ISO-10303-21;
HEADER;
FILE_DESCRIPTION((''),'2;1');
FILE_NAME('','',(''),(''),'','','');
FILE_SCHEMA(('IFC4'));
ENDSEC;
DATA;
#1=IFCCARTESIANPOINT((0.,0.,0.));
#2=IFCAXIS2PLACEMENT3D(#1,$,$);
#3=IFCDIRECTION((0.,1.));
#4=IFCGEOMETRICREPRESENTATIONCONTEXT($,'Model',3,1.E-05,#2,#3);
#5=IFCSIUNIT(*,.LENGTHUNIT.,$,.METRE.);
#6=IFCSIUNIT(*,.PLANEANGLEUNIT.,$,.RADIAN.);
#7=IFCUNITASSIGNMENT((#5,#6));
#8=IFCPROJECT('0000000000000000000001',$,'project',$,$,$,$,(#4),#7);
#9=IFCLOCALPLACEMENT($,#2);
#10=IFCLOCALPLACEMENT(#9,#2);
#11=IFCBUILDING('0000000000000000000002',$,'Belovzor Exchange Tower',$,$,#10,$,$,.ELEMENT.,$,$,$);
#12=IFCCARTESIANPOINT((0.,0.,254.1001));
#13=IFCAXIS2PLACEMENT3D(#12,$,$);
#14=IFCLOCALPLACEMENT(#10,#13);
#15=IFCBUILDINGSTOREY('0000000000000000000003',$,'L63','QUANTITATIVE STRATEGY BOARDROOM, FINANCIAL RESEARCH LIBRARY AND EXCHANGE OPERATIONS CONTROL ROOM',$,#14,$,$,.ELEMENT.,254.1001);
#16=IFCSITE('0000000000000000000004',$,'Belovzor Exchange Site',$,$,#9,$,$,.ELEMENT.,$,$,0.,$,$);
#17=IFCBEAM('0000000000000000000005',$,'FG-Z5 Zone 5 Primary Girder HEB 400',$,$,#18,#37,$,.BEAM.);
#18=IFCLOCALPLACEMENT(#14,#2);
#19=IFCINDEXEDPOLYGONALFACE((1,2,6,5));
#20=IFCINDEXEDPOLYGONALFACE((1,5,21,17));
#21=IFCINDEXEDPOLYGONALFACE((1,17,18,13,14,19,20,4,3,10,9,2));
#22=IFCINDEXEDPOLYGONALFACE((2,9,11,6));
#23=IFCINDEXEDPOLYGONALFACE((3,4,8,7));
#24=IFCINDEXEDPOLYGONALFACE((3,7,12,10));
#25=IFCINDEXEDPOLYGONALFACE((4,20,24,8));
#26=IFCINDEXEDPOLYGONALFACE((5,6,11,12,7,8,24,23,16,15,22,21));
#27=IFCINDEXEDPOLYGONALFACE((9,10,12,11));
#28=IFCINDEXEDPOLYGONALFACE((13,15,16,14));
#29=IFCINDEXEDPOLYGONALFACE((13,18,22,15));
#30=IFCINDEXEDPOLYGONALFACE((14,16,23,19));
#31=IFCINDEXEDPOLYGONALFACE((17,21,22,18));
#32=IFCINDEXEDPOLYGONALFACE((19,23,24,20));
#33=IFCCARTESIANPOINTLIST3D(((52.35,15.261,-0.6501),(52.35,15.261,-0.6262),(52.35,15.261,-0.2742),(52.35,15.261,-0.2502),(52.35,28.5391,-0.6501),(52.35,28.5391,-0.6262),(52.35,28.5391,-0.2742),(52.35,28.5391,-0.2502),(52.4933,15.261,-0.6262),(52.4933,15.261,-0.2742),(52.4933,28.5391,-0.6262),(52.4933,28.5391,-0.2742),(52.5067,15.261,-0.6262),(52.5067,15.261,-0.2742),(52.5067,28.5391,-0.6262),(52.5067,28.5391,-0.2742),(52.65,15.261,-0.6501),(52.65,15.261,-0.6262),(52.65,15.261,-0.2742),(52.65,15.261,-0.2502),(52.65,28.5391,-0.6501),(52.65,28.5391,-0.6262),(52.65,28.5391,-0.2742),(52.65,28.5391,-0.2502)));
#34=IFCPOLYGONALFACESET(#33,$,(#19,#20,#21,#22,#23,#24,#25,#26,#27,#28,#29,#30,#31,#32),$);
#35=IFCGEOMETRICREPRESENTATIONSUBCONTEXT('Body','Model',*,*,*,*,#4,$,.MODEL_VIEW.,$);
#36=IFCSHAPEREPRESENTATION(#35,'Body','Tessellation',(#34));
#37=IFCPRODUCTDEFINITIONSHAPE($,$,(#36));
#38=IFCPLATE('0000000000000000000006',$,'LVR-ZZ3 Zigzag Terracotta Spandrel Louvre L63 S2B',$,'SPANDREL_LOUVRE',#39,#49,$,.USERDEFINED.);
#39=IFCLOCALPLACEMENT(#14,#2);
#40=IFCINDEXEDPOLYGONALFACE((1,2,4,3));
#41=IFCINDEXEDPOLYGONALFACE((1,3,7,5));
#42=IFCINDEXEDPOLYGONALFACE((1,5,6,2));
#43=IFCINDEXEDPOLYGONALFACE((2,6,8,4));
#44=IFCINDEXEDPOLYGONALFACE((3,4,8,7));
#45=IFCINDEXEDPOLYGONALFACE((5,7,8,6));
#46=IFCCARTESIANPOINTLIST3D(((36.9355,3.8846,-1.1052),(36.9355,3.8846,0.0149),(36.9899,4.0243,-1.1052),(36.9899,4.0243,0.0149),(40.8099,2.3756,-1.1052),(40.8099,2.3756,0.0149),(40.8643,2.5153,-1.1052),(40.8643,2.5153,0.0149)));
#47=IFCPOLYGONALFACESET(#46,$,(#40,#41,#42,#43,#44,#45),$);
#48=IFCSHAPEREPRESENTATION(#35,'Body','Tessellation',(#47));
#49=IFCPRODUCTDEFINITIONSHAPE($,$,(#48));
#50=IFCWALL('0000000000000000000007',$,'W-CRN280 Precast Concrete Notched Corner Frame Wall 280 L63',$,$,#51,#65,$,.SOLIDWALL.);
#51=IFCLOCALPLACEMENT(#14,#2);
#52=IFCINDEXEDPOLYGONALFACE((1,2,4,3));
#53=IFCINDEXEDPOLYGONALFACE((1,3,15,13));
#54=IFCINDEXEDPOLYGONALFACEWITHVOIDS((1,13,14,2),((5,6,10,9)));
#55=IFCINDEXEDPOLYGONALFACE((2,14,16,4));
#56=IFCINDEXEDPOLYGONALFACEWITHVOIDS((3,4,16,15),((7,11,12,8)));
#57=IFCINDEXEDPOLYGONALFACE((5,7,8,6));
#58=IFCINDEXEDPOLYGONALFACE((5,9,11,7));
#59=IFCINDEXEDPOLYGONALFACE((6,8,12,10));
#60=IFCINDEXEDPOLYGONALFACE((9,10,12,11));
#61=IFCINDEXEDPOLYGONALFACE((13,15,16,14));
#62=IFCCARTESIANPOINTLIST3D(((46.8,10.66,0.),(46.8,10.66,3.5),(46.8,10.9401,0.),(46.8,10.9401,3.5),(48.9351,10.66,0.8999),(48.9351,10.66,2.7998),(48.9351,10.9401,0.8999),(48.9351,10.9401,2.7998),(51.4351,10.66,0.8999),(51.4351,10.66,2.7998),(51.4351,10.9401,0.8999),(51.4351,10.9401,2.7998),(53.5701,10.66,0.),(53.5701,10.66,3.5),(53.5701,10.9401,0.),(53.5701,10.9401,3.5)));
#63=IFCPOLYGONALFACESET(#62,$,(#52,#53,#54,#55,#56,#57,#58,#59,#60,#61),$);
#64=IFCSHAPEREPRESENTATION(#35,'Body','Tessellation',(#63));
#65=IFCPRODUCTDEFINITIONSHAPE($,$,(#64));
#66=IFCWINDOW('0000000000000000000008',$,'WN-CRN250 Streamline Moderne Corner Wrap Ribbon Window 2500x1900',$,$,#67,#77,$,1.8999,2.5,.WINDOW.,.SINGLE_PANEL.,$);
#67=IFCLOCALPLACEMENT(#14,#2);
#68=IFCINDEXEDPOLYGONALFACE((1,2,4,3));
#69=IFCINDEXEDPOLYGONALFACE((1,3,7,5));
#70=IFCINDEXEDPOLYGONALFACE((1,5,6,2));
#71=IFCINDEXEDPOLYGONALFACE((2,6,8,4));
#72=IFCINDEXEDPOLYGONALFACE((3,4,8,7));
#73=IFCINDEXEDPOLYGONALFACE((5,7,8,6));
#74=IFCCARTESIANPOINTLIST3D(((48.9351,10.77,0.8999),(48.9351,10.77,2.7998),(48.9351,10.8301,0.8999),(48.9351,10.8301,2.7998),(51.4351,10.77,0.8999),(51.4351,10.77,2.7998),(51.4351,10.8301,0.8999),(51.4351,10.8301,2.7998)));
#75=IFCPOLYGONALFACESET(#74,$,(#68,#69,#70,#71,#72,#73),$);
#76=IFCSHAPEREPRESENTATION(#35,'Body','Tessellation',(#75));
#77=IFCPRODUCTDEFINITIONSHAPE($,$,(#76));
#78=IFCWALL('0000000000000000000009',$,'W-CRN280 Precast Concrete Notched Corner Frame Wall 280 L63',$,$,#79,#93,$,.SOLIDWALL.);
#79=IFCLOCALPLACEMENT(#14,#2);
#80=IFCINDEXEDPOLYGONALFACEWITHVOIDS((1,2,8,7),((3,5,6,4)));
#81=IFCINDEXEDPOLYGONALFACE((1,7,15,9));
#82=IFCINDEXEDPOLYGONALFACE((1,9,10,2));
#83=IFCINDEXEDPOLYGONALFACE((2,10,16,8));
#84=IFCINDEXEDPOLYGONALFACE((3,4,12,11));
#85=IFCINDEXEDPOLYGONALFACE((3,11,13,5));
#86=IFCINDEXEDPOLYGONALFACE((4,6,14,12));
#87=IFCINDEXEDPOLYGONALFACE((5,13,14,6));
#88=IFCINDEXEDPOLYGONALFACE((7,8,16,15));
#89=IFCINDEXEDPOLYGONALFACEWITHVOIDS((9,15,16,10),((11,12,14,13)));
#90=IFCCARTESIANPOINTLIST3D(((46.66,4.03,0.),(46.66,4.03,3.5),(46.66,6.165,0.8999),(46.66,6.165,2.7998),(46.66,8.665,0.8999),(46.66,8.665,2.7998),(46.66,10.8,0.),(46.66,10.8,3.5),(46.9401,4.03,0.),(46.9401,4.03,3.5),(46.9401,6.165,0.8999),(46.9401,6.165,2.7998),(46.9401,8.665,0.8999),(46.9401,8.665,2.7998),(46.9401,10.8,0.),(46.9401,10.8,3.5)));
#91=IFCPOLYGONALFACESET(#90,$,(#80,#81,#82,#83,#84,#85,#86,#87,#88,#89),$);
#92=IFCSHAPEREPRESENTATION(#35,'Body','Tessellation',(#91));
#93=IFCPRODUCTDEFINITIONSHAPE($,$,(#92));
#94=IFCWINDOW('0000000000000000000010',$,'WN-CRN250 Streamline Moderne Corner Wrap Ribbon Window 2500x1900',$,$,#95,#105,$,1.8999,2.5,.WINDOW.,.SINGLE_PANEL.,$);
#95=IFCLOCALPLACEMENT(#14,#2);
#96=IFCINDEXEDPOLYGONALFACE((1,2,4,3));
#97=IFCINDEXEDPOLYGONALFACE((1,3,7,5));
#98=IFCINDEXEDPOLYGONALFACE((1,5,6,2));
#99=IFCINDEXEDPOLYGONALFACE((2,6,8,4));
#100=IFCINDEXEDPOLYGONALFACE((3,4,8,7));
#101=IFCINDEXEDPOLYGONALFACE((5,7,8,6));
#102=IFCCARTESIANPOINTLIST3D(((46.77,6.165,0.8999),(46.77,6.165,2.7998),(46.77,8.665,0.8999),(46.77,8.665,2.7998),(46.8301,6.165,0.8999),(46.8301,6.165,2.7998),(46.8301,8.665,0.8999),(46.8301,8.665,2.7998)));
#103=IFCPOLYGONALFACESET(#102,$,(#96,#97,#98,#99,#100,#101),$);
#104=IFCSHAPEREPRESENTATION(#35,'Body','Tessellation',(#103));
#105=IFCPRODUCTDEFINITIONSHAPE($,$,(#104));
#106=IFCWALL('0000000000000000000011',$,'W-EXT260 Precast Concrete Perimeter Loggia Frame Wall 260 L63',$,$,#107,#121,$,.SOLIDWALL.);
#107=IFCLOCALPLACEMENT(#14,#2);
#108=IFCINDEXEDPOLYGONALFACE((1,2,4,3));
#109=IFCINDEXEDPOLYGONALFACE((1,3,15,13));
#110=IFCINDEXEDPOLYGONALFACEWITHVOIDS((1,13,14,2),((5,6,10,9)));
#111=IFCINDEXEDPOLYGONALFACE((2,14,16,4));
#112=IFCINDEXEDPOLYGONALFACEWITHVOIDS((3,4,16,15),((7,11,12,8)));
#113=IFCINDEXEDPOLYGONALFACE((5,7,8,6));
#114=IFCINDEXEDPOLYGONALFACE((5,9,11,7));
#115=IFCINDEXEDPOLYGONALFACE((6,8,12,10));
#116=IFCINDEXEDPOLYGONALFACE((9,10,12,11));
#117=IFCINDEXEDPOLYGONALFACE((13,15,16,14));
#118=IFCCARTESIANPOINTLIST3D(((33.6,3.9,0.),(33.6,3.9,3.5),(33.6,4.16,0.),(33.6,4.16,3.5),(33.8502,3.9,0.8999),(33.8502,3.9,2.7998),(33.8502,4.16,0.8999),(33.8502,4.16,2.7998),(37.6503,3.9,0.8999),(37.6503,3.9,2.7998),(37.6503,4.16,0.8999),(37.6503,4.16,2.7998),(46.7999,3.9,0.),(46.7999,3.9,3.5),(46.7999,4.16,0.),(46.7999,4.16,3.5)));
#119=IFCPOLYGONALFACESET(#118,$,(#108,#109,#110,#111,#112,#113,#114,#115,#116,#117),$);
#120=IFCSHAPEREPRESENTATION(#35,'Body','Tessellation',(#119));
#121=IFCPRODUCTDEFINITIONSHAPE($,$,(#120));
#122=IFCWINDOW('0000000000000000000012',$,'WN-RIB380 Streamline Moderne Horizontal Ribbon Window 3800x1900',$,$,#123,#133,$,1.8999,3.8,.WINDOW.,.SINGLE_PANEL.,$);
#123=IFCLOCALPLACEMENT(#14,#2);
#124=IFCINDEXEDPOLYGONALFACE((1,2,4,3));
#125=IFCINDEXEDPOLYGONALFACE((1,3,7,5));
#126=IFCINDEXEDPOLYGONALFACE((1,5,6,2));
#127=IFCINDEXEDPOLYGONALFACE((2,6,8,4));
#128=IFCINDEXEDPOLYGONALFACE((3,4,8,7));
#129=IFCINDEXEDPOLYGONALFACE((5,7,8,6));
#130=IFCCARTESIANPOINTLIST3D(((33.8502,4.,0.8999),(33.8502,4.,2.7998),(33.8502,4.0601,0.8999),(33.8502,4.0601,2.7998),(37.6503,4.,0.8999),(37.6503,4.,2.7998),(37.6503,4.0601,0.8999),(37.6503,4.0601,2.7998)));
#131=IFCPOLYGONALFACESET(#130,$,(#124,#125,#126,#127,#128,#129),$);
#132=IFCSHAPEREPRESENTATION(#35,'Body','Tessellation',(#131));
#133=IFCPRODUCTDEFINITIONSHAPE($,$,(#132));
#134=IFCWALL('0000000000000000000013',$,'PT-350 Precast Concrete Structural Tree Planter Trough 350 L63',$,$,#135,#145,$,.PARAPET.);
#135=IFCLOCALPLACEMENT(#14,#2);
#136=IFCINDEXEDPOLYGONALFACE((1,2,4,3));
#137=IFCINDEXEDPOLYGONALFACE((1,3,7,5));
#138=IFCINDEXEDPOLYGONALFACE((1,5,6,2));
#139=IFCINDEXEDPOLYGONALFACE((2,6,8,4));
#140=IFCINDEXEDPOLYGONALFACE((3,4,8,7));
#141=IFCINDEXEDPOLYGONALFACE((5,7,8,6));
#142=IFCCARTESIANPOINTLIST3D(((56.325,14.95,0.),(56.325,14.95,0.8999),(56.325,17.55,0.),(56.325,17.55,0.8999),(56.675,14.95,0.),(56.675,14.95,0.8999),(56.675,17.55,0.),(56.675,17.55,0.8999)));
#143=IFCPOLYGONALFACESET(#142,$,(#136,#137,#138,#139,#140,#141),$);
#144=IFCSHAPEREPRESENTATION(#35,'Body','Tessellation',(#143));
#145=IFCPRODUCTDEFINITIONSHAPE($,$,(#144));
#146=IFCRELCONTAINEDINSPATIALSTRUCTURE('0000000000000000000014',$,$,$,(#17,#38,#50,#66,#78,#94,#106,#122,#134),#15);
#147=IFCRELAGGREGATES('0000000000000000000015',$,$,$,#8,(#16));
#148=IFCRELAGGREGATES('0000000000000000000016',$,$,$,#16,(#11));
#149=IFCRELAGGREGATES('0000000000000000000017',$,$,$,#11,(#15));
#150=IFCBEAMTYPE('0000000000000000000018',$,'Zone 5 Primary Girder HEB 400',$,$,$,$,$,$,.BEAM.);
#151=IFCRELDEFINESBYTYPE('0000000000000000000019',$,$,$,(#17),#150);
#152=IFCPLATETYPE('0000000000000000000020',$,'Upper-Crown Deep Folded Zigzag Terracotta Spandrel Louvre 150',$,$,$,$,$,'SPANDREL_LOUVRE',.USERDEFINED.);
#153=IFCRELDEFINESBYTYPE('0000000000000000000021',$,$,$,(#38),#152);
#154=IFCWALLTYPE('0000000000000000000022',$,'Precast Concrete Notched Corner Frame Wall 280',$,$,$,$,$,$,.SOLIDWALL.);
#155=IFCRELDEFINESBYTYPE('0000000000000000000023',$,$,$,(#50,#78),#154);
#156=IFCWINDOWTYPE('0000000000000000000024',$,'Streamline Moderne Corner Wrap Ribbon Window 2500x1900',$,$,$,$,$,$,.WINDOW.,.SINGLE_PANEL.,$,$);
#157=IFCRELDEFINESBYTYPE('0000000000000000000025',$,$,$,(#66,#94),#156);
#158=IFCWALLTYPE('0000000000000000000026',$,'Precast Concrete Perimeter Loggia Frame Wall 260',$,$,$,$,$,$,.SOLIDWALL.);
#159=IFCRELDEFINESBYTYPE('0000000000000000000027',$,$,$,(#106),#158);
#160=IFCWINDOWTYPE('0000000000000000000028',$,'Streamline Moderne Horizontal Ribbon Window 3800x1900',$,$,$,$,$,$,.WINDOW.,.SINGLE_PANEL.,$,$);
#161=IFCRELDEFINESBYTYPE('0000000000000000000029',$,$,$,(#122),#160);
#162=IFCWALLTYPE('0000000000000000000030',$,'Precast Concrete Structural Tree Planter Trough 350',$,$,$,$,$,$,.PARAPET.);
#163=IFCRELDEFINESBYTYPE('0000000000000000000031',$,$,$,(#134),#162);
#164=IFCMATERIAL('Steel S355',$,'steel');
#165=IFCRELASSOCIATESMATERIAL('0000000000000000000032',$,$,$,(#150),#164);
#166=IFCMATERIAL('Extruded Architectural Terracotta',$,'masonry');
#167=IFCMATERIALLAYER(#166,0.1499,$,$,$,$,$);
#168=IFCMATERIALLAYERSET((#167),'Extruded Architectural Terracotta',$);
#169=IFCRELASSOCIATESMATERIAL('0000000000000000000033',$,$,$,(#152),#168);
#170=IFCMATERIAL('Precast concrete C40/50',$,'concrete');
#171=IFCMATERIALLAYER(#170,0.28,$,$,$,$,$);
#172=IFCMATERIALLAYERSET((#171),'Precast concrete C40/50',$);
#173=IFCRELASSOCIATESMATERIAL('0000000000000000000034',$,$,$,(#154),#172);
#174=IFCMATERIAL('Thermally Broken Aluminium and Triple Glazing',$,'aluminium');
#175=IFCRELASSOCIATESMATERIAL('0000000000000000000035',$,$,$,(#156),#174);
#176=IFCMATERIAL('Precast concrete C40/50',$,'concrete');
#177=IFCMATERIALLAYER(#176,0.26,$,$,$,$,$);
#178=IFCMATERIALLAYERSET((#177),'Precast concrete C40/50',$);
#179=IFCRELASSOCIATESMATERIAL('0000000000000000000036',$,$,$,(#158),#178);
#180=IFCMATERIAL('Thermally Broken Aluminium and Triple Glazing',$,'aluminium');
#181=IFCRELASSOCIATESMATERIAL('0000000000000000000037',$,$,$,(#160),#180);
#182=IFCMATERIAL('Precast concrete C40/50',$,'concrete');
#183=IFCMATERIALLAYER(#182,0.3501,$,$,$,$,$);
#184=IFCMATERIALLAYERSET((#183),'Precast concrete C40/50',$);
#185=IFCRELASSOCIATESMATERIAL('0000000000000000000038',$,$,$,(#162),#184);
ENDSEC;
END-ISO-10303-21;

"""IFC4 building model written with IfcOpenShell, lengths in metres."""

from ifc_helpers import new_model, si_unit, direction, frame, frame_2d, origin, origin_2d, place, context, subcontext, project, spatial, rectangle, i_section, extrude, material, layer, layer_set, material_profile, profile_set, type_object, element, fill, save


model = new_model("IFC4")

# Units and contexts
model_context = context("Model", 3, precision=1e-05, world=origin(), true_north=direction((0.0, 1.0)))
body_context = subcontext(model_context, "Body", "Model", "MODEL_VIEW")
ifc_project = project(units=[si_unit("LENGTHUNIT", "METRE"), si_unit("PLANEANGLEUNIT", "RADIAN")], contexts=[model_context])

# Site, building, storey
site_placement = place(None, origin())
site = spatial("IfcSite", under=ifc_project, at=site_placement, Name="Belovzor Exchange Site", CompositionType="ELEMENT", RefElevation=0.0)
building_placement = place(site_placement, origin())
building = spatial("IfcBuilding", under=site, at=building_placement, Name="Belovzor Exchange Tower", CompositionType="ELEMENT")
storey_placement = place(building_placement, frame((0.0, 0.0, 254.1001)))
storey = spatial("IfcBuildingStorey", under=building, at=storey_placement, Name="L63", Description="QUANTITATIVE STRATEGY BOARDROOM, FINANCIAL RESEARCH LIBRARY AND EXCHANGE OPERATIONS CONTROL ROOM", CompositionType="ELEMENT", Elevation=254.1001)

# Beam
ifc_material_1 = material(Name="Steel S355", Category="steel")
ifc_material_profile_1 = material_profile(ifc_material_1, i_section(OverallWidth=0.3, OverallDepth=0.3999, WebThickness=0.0134, FlangeThickness=0.0239, at=origin_2d()))
ifc_profile_set_1 = profile_set([ifc_material_profile_1], Name="Steel S355")
beam_type_1 = type_object("IfcBeamType", Name="Zone 5 Primary Girder HEB 400", PredefinedType="BEAM", material=ifc_profile_set_1)
beam_1_placement = place(storey_placement, frame((52.5, 15.261, -0.4502), z_axis=(0.0, 1.0, 0.0), x_axis=(-1.0, 0.0, 0.0)))
element("IfcBeam", 1, at=beam_1_placement, inside=storey, type_object=beam_type_1, Name="FG-Z5 Zone 5 Primary Girder HEB 400", PredefinedType="BEAM", context=body_context, shape_type="SweptSolid", body=[
    extrude(i_section(OverallWidth=0.3, OverallDepth=0.3999, WebThickness=0.0134, FlangeThickness=0.0239, at=origin_2d()), origin(), (0.0, 0.0, 1.0), 13.2781),
])

# Plate
ifc_material_2 = material(Name="Extruded Architectural Terracotta", Category="masonry")
ifc_layer_1 = layer(ifc_material_2, 0.1499)
ifc_layer_set_1 = layer_set([ifc_layer_1], Name="Extruded Architectural Terracotta")
plate_type = type_object("IfcPlateType", Name="Upper-Crown Deep Folded Zigzag Terracotta Spandrel Louvre 150", ElementType="SPANDREL_LOUVRE", PredefinedType="USERDEFINED", material=ifc_layer_set_1)
plate_placement = place(storey_placement, frame((38.8999, 3.2, -1.1052), z_axis=(0.0, 0.0, 1.0), x_axis=(0.931818, -0.362926, 0.0)))
element("IfcPlate", 2, at=plate_placement, inside=storey, type_object=plate_type, Name="LVR-ZZ3 Zigzag Terracotta Spandrel Louvre L63 S2B", ObjectType="SPANDREL_LOUVRE", PredefinedType="USERDEFINED", context=body_context, shape_type="SweptSolid", body=[
    extrude(rectangle(XDim=4.158, YDim=0.1499, at=origin_2d()), origin(), (0.0, 0.0, 1.0), 1.1201),
])

# Walls, openings, windows
ifc_material_3 = material(Name="Precast concrete C40/50", Category="concrete")
ifc_layer_2 = layer(ifc_material_3, 0.28)
ifc_layer_set_2 = layer_set([ifc_layer_2], Name="Precast concrete C40/50")
wall_type_1 = type_object("IfcWallType", Name="Precast Concrete Notched Corner Frame Wall 280", PredefinedType="SOLIDWALL", material=ifc_layer_set_2)
wall_1_placement = place(storey_placement, frame((53.5701, 10.8, 0.0), z_axis=(0.0, 0.0, 1.0), x_axis=(-1.0, 0.0, 0.0)))
wall_1 = element("IfcWall", 3, at=wall_1_placement, inside=storey, type_object=wall_type_1, Name="W-CRN280 Precast Concrete Notched Corner Frame Wall 280 L63", PredefinedType="SOLIDWALL", context=body_context, shape_type="SweptSolid", body=[
    extrude(rectangle(XDim=6.77, YDim=0.28, at=frame_2d((3.385, 0.0))), origin(), (0.0, 0.0, 1.0), 3.5),
])
opening_1_placement = place(wall_1_placement, frame((2.135, 0.0, 0.8999)))
opening_1 = element("IfcOpeningElement", 4, at=opening_1_placement, cuts=wall_1, PredefinedType="OPENING", context=body_context, shape_type="SweptSolid", body=[
    extrude(rectangle(XDim=2.5, YDim=1.8999, at=frame_2d((1.25, 0.95))), frame((0.0, 0.1499, 0.0), z_axis=(0.0, -1.0, 0.0), x_axis=(1.0, 0.0, 0.0)), (0.0, 0.0, 1.0), 0.3),
])
ifc_material_4 = material(Name="Thermally Broken Aluminium and Triple Glazing", Category="aluminium")
window_type_1 = type_object("IfcWindowType", Name="Streamline Moderne Corner Wrap Ribbon Window 2500x1900", PartitioningType="SINGLE_PANEL", PredefinedType="WINDOW", material=ifc_material_4)
window_1_placement = place(opening_1_placement, origin())
window_1 = element("IfcWindow", 5, at=window_1_placement, inside=storey, type_object=window_type_1, Name="WN-CRN250 Streamline Moderne Corner Wrap Ribbon Window 2500x1900", OverallHeight=1.8999, OverallWidth=2.5, PartitioningType="SINGLE_PANEL", PredefinedType="WINDOW", context=body_context, shape_type="SweptSolid", body=[
    extrude(rectangle(XDim=2.5, YDim=1.8999, at=frame_2d((1.25, 0.95))), frame((0.0, 0.03, 0.0), z_axis=(0.0, -1.0, 0.0), x_axis=(1.0, 0.0, 0.0)), (0.0, 0.0, 1.0), 0.0601),
])
fill(opening_1, window_1)
wall_2_placement = place(storey_placement, frame((46.8, 10.8, 0.0), z_axis=(0.0, 0.0, 1.0), x_axis=(0.0, -1.0, 0.0)))
wall_2 = element("IfcWall", 6, at=wall_2_placement, inside=storey, type_object=wall_type_1, Name="W-CRN280 Precast Concrete Notched Corner Frame Wall 280 L63", PredefinedType="SOLIDWALL", context=body_context, shape_type="SweptSolid", body=[
    extrude(rectangle(XDim=6.77, YDim=0.28, at=frame_2d((3.385, 0.0))), origin(), (0.0, 0.0, 1.0), 3.5),
])
opening_2_placement = place(wall_2_placement, frame((2.135, 0.0, 0.8999)))
opening_2 = element("IfcOpeningElement", 7, at=opening_2_placement, cuts=wall_2, PredefinedType="OPENING", context=body_context, shape_type="SweptSolid", body=[
    extrude(rectangle(XDim=2.5, YDim=1.8999, at=frame_2d((1.25, 0.95))), frame((0.0, 0.1499, 0.0), z_axis=(0.0, -1.0, 0.0), x_axis=(1.0, 0.0, 0.0)), (0.0, 0.0, 1.0), 0.3),
])
window_2_placement = place(opening_2_placement, origin())
window_2 = element("IfcWindow", 8, at=window_2_placement, inside=storey, type_object=window_type_1, Name="WN-CRN250 Streamline Moderne Corner Wrap Ribbon Window 2500x1900", OverallHeight=1.8999, OverallWidth=2.5, PartitioningType="SINGLE_PANEL", PredefinedType="WINDOW", context=body_context, shape_type="SweptSolid", body=[
    extrude(rectangle(XDim=2.5, YDim=1.8999, at=frame_2d((1.25, 0.95))), frame((0.0, 0.03, 0.0), z_axis=(0.0, -1.0, 0.0), x_axis=(1.0, 0.0, 0.0)), (0.0, 0.0, 1.0), 0.0601),
])
fill(opening_2, window_2)
ifc_material_5 = material(Name="Precast concrete C40/50", Category="concrete")
ifc_layer_3 = layer(ifc_material_5, 0.26)
ifc_layer_set_3 = layer_set([ifc_layer_3], Name="Precast concrete C40/50")
wall_type_2 = type_object("IfcWallType", Name="Precast Concrete Perimeter Loggia Frame Wall 260", PredefinedType="SOLIDWALL", material=ifc_layer_set_3)
wall_3_placement = place(storey_placement, frame((46.8, 4.03, 0.0), z_axis=(0.0, 0.0, 1.0), x_axis=(-1.0, 0.0, 0.0)))
wall_3 = element("IfcWall", 9, at=wall_3_placement, inside=storey, type_object=wall_type_2, Name="W-EXT260 Precast Concrete Perimeter Loggia Frame Wall 260 L63", PredefinedType="SOLIDWALL", context=body_context, shape_type="SweptSolid", body=[
    extrude(rectangle(XDim=13.2, YDim=0.26, at=frame_2d((6.6001, 0.0))), origin(), (0.0, 0.0, 1.0), 3.5),
])
opening_3_placement = place(wall_3_placement, frame((9.1499, 0.0, 0.8999)))
opening_3 = element("IfcOpeningElement", 10, at=opening_3_placement, cuts=wall_3, PredefinedType="OPENING", context=body_context, shape_type="SweptSolid", body=[
    extrude(rectangle(XDim=3.8, YDim=1.8999, at=frame_2d((1.8999, 0.95))), frame((0.0, 0.1399, 0.0), z_axis=(0.0, -1.0, 0.0), x_axis=(1.0, 0.0, 0.0)), (0.0, 0.0, 1.0), 0.28),
])
ifc_material_6 = material(Name="Thermally Broken Aluminium and Triple Glazing", Category="aluminium")
window_type_2 = type_object("IfcWindowType", Name="Streamline Moderne Horizontal Ribbon Window 3800x1900", PartitioningType="SINGLE_PANEL", PredefinedType="WINDOW", material=ifc_material_6)
window_3_placement = place(opening_3_placement, origin())
window_3 = element("IfcWindow", 11, at=window_3_placement, inside=storey, type_object=window_type_2, Name="WN-RIB380 Streamline Moderne Horizontal Ribbon Window 3800x1900", OverallHeight=1.8999, OverallWidth=3.8, PartitioningType="SINGLE_PANEL", PredefinedType="WINDOW", context=body_context, shape_type="SweptSolid", body=[
    extrude(rectangle(XDim=3.8, YDim=1.8999, at=frame_2d((1.8999, 0.95))), frame((0.0, 0.03, 0.0), z_axis=(0.0, -1.0, 0.0), x_axis=(1.0, 0.0, 0.0)), (0.0, 0.0, 1.0), 0.0601),
])
fill(opening_3, window_3)

# Wall
ifc_material_7 = material(Name="Precast concrete C40/50", Category="concrete")
ifc_layer_4 = layer(ifc_material_7, 0.3501)
ifc_layer_set_4 = layer_set([ifc_layer_4], Name="Precast concrete C40/50")
wall_type_3 = type_object("IfcWallType", Name="Precast Concrete Structural Tree Planter Trough 350", PredefinedType="PARAPET", material=ifc_layer_set_4)
wall_4_placement = place(storey_placement, frame((56.5, 14.95, 0.0), z_axis=(0.0, 0.0, 1.0), x_axis=(0.0, 1.0, 0.0)))
element("IfcWall", 12, at=wall_4_placement, inside=storey, type_object=wall_type_3, Name="PT-350 Precast Concrete Structural Tree Planter Trough 350 L63", PredefinedType="PARAPET", context=body_context, shape_type="SweptSolid", body=[
    extrude(rectangle(XDim=2.6001, YDim=0.3501, at=frame_2d((1.3, 0.0))), origin(), (0.0, 0.0, 1.0), 0.8999),
])

save(model, "model.ifc")
